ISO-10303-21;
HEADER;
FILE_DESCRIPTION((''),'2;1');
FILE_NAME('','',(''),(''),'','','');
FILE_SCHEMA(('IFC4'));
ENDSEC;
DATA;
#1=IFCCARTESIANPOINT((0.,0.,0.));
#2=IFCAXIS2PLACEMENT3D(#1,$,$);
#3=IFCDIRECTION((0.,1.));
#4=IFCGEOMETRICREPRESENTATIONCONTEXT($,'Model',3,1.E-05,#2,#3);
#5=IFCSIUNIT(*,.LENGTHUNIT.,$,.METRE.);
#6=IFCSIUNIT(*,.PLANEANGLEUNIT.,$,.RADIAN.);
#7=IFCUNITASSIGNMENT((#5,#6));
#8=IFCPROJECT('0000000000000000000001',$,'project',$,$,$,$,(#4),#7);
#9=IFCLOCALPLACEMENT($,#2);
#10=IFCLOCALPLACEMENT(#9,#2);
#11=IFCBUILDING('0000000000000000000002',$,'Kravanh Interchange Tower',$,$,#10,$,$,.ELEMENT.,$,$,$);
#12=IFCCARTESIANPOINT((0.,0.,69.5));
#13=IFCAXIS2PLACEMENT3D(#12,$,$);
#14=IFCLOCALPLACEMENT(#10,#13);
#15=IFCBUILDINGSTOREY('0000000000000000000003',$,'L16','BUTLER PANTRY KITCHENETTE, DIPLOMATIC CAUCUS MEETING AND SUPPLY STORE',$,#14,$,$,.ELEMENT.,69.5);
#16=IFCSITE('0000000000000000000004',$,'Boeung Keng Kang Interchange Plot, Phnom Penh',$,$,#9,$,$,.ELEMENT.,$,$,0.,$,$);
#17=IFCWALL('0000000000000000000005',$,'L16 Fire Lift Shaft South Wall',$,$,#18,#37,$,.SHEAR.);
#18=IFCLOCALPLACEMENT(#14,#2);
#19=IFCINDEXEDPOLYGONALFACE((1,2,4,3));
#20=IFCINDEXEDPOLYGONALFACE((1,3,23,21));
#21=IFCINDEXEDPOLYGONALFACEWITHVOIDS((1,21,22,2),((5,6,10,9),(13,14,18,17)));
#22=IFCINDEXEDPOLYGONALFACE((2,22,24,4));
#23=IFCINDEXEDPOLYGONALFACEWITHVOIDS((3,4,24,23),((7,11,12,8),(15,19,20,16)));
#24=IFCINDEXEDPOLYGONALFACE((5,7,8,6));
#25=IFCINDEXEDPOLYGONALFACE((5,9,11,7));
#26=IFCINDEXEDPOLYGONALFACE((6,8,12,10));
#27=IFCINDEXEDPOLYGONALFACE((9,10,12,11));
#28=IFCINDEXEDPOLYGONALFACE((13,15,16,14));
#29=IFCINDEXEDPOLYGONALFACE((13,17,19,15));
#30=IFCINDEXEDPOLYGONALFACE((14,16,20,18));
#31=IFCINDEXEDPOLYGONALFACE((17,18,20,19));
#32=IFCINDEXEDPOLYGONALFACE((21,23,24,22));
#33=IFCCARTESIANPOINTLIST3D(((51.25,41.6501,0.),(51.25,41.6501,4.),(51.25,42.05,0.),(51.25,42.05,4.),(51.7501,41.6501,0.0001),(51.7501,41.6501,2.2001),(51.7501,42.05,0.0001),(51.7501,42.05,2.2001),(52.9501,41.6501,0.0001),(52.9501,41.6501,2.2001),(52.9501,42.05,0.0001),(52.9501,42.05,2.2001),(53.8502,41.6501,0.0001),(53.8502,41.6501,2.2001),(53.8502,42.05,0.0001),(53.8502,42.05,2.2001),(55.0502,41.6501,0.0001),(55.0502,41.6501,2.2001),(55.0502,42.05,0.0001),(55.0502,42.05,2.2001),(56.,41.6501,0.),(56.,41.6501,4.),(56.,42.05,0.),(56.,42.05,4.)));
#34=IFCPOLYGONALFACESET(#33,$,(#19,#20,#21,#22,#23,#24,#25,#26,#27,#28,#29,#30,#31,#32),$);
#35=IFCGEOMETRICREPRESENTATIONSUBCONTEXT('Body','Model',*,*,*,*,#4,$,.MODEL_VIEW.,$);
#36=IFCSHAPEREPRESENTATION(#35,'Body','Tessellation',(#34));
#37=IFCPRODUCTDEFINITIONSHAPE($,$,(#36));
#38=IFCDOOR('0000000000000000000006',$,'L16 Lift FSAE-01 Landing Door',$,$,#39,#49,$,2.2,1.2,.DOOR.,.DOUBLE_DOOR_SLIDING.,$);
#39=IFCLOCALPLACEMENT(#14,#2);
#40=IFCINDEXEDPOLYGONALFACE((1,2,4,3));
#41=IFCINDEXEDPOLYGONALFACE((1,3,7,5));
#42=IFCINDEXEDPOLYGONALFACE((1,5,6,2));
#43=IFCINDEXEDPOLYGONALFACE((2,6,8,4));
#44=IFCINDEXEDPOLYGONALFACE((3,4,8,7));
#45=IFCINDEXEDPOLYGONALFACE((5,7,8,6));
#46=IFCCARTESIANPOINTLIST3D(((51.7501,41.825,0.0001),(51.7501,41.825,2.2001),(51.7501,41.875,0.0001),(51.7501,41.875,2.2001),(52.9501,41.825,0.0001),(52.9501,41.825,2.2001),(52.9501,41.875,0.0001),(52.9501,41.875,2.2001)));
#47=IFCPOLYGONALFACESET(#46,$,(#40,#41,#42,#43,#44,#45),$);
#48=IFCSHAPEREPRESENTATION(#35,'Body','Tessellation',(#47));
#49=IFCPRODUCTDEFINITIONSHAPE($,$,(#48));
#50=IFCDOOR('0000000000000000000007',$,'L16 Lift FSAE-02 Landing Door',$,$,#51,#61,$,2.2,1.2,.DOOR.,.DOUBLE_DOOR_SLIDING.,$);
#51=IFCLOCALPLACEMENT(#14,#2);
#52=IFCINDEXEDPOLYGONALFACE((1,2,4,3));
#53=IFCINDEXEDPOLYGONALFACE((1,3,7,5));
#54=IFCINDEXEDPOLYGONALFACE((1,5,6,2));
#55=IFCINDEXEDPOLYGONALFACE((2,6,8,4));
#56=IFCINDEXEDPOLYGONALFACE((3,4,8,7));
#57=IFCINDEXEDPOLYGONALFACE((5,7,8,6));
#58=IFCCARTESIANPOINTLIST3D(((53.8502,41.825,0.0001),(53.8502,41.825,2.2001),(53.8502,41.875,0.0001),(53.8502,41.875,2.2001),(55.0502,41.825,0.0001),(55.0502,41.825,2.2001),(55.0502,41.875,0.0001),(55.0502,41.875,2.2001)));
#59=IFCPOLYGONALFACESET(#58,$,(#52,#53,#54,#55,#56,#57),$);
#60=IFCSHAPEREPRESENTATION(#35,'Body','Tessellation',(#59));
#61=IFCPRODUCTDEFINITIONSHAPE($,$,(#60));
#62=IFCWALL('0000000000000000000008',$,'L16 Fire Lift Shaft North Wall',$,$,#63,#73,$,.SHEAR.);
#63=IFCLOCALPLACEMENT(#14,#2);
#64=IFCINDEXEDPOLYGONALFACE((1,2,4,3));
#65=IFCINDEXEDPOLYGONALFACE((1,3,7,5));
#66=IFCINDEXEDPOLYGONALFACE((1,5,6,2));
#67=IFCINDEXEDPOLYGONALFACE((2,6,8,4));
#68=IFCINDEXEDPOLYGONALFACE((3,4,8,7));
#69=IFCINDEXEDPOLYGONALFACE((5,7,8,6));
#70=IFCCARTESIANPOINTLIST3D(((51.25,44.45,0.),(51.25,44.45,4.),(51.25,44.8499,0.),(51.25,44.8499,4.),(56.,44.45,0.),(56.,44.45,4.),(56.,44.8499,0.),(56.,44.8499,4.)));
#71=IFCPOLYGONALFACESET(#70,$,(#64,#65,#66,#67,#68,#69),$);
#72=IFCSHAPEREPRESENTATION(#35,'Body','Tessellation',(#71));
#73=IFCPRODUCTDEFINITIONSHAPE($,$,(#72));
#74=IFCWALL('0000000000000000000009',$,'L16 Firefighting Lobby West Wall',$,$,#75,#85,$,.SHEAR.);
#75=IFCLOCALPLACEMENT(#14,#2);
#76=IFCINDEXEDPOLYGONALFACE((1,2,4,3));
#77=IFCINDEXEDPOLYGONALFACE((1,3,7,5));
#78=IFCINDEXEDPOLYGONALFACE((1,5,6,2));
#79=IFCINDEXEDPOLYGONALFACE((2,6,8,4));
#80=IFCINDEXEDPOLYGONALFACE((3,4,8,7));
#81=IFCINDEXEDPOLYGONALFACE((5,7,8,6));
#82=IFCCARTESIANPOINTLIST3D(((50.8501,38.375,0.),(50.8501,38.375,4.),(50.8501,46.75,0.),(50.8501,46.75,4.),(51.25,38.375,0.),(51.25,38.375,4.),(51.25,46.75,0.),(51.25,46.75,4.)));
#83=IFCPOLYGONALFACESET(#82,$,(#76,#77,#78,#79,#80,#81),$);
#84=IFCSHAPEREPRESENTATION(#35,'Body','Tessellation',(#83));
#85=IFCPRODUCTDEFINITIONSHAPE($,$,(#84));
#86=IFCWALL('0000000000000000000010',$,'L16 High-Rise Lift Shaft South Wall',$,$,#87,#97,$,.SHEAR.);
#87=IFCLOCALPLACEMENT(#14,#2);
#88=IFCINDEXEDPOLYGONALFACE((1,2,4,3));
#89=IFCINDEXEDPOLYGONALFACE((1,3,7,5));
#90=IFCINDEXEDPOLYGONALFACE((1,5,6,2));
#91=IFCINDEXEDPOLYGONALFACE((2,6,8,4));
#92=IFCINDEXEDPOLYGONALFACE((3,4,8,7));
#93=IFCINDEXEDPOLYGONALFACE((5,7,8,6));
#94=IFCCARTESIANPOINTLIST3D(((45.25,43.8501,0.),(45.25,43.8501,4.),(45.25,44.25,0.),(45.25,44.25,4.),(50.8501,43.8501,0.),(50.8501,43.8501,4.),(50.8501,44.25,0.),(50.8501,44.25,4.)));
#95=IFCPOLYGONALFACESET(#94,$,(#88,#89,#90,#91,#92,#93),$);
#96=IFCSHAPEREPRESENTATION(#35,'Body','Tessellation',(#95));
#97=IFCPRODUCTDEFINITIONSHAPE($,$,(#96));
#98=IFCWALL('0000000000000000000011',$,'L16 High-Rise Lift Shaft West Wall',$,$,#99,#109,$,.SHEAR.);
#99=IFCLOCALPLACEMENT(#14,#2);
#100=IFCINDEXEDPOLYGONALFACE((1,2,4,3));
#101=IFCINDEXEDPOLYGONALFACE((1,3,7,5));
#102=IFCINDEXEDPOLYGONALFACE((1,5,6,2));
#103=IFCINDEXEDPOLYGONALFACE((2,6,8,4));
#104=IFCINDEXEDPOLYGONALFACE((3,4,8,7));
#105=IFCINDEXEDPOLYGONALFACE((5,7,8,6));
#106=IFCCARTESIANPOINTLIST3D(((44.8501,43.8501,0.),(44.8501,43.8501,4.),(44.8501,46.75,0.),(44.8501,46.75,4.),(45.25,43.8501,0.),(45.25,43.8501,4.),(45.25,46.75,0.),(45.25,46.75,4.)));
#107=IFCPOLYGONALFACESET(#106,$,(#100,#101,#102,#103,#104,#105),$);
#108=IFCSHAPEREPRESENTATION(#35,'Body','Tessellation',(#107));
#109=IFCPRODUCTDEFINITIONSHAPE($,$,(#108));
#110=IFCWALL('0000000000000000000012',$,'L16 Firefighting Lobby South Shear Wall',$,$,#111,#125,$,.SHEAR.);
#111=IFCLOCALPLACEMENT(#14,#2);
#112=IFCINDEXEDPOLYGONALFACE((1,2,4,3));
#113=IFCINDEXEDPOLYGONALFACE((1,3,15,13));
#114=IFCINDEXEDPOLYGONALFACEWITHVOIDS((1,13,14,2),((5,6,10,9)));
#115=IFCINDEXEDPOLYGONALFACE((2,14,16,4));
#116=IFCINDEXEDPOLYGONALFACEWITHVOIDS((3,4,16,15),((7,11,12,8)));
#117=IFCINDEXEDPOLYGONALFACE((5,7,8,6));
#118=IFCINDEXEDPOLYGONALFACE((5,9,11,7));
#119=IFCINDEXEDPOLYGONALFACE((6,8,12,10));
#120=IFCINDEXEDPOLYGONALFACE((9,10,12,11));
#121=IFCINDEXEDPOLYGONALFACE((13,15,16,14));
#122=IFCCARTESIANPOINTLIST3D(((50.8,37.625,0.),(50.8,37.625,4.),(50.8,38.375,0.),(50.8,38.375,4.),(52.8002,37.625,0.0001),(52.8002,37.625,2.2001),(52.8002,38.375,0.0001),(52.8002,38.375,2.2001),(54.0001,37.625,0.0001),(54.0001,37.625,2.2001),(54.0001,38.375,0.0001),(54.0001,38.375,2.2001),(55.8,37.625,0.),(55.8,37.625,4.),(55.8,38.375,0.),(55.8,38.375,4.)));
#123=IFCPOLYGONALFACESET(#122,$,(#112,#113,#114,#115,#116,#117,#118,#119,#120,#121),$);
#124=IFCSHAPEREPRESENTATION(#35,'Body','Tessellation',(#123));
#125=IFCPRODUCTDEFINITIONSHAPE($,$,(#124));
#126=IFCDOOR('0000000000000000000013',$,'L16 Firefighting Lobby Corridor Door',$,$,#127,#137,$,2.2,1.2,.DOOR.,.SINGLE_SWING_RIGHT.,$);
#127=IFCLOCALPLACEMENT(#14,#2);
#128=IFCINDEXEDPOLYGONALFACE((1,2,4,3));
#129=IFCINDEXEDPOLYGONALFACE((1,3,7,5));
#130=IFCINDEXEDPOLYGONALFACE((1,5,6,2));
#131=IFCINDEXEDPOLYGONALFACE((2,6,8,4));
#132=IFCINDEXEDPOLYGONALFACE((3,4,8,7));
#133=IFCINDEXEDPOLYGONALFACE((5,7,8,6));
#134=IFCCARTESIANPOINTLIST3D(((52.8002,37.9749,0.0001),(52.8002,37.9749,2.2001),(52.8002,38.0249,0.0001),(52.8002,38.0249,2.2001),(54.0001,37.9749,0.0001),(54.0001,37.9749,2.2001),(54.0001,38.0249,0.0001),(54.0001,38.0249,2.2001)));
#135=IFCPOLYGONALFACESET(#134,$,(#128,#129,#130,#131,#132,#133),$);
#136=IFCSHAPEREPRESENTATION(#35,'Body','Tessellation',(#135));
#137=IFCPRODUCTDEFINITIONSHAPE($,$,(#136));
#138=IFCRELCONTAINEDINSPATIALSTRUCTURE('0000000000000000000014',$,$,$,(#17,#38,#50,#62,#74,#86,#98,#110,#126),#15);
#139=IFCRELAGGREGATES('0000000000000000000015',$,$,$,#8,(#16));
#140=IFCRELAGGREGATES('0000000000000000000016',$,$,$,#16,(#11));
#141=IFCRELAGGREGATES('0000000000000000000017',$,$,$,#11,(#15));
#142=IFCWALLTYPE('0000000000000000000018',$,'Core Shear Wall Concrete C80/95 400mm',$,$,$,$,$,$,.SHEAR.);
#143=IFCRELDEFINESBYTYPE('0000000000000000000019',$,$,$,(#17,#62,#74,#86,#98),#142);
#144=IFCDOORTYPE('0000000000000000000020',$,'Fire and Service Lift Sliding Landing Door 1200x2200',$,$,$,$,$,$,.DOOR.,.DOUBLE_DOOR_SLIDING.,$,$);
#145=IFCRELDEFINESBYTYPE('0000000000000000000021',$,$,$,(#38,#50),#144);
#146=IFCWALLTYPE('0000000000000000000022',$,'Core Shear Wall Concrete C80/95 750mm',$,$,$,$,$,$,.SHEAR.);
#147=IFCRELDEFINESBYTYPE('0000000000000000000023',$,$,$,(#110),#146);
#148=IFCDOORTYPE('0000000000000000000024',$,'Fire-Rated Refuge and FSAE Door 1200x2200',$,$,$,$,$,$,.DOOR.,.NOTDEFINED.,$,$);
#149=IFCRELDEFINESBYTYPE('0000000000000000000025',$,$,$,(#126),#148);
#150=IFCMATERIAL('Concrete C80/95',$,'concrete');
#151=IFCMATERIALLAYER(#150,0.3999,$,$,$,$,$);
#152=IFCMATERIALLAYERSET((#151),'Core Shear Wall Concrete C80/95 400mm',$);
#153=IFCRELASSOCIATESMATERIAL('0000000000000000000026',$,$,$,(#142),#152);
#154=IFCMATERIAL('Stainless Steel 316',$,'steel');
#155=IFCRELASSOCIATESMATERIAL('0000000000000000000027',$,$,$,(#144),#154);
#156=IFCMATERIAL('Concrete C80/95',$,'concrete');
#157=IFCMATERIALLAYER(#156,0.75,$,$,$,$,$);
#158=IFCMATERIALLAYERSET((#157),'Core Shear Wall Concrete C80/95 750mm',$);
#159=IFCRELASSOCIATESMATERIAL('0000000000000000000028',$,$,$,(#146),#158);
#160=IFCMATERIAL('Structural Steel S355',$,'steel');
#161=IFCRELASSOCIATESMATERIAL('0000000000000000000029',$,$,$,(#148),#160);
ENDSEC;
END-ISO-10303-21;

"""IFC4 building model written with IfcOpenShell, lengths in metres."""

from ifc_helpers import new_model, si_unit, direction, frame, frame_2d, origin, place, context, subcontext, project, spatial, rectangle, extrude, material, layer, layer_set, type_object, element, fill, save


model = new_model("IFC4")

# Units and contexts
model_context = context("Model", 3, precision=1e-05, world=origin(), true_north=direction((0.0, 1.0)))
body_context = subcontext(model_context, "Body", "Model", "MODEL_VIEW")
ifc_project = project(units=[si_unit("LENGTHUNIT", "METRE"), si_unit("PLANEANGLEUNIT", "RADIAN")], contexts=[model_context])

# Site, building, storey
site_placement = place(None, origin())
site = spatial("IfcSite", under=ifc_project, at=site_placement, Name="Boeung Keng Kang Interchange Plot, Phnom Penh", CompositionType="ELEMENT", RefElevation=0.0)
building_placement = place(site_placement, origin())
building = spatial("IfcBuilding", under=site, at=building_placement, Name="Kravanh Interchange Tower", CompositionType="ELEMENT")
storey_placement = place(building_placement, frame((0.0, 0.0, 69.5)))
storey = spatial("IfcBuildingStorey", under=building, at=storey_placement, Name="L16", Description="BUTLER PANTRY KITCHENETTE, DIPLOMATIC CAUCUS MEETING AND SUPPLY STORE", CompositionType="ELEMENT", Elevation=69.5)

# Wall, openings, doors
ifc_material_1 = material(Name="Concrete C80/95", Category="concrete")
ifc_layer_1 = layer(ifc_material_1, 0.3999)
ifc_layer_set_1 = layer_set([ifc_layer_1], Name="Core Shear Wall Concrete C80/95 400mm")
wall_type_1 = type_object("IfcWallType", Name="Core Shear Wall Concrete C80/95 400mm", PredefinedType="SHEAR", material=ifc_layer_set_1)
wall_1_placement = place(storey_placement, frame((51.25, 41.8501, 0.0), z_axis=(0.0, 0.0, 1.0), x_axis=(1.0, 0.0, 0.0)))
wall_1 = element("IfcWall", 1, at=wall_1_placement, inside=storey, type_object=wall_type_1, Name="L16 Fire Lift Shaft South Wall", PredefinedType="SHEAR", context=body_context, shape_type="SweptSolid", body=[
    extrude(rectangle(XDim=4.75, YDim=0.3999, at=frame_2d((2.375, 0.0))), origin(), (0.0, 0.0, 1.0), 4.0),
])
opening_1_placement = place(wall_1_placement, frame((0.5, 0.0, 0.0)))
opening_1 = element("IfcOpeningElement", 2, at=opening_1_placement, cuts=wall_1, PredefinedType="OPENING", context=body_context, shape_type="SweptSolid", body=[
    extrude(rectangle(XDim=1.2, YDim=2.2, at=frame_2d((0.6001, 1.1001))), frame((0.0, 0.21, 0.0), z_axis=(0.0, -1.0, 0.0), x_axis=(1.0, 0.0, 0.0)), (0.0, 0.0, 1.0), 0.4199),
])
opening_2_placement = place(wall_1_placement, frame((2.6001, 0.0, 0.0)))
opening_2 = element("IfcOpeningElement", 3, at=opening_2_placement, cuts=wall_1, PredefinedType="OPENING", context=body_context, shape_type="SweptSolid", body=[
    extrude(rectangle(XDim=1.2, YDim=2.2, at=frame_2d((0.6001, 1.1001))), frame((0.0, 0.21, 0.0), z_axis=(0.0, -1.0, 0.0), x_axis=(1.0, 0.0, 0.0)), (0.0, 0.0, 1.0), 0.4199),
])
ifc_material_2 = material(Name="Stainless Steel 316", Category="steel")
door_type_1 = type_object("IfcDoorType", Name="Fire and Service Lift Sliding Landing Door 1200x2200", OperationType="DOUBLE_DOOR_SLIDING", PredefinedType="DOOR", material=ifc_material_2)
door_1_placement = place(opening_1_placement, origin())
door_1 = element("IfcDoor", 4, at=door_1_placement, inside=storey, type_object=door_type_1, Name="L16 Lift FSAE-01 Landing Door", OperationType="DOUBLE_DOOR_SLIDING", OverallHeight=2.2, OverallWidth=1.2, PredefinedType="DOOR", context=body_context, shape_type="SweptSolid", body=[
    extrude(rectangle(XDim=1.2, YDim=2.2, at=frame_2d((0.6001, 1.1001))), frame((0.0, 0.0249, 0.0), z_axis=(0.0, -1.0, 0.0), x_axis=(1.0, 0.0, 0.0)), (0.0, 0.0, 1.0), 0.05),
])
fill(opening_1, door_1)
door_2_placement = place(opening_2_placement, origin())
door_2 = element("IfcDoor", 5, at=door_2_placement, inside=storey, type_object=door_type_1, Name="L16 Lift FSAE-02 Landing Door", OperationType="DOUBLE_DOOR_SLIDING", OverallHeight=2.2, OverallWidth=1.2, PredefinedType="DOOR", context=body_context, shape_type="SweptSolid", body=[
    extrude(rectangle(XDim=1.2, YDim=2.2, at=frame_2d((0.6001, 1.1001))), frame((0.0, 0.0249, 0.0), z_axis=(0.0, -1.0, 0.0), x_axis=(1.0, 0.0, 0.0)), (0.0, 0.0, 1.0), 0.05),
])
fill(opening_2, door_2)

# Walls
wall_2_placement = place(storey_placement, frame((51.25, 44.6499, 0.0), z_axis=(0.0, 0.0, 1.0), x_axis=(1.0, 0.0, 0.0)))
element("IfcWall", 6, at=wall_2_placement, inside=storey, type_object=wall_type_1, Name="L16 Fire Lift Shaft North Wall", PredefinedType="SHEAR", context=body_context, shape_type="SweptSolid", body=[
    extrude(rectangle(XDim=4.75, YDim=0.3999, at=frame_2d((2.375, 0.0))), origin(), (0.0, 0.0, 1.0), 4.0),
])
wall_3_placement = place(storey_placement, frame((51.05, 38.375, 0.0), z_axis=(0.0, 0.0, 1.0), x_axis=(0.0, 1.0, 0.0)))
element("IfcWall", 7, at=wall_3_placement, inside=storey, type_object=wall_type_1, Name="L16 Firefighting Lobby West Wall", PredefinedType="SHEAR", context=body_context, shape_type="SweptSolid", body=[
    extrude(rectangle(XDim=8.375, YDim=0.3999, at=frame_2d((4.1875, 0.0))), origin(), (0.0, 0.0, 1.0), 4.0),
])
wall_4_placement = place(storey_placement, frame((45.25, 44.05, 0.0), z_axis=(0.0, 0.0, 1.0), x_axis=(1.0, 0.0, 0.0)))
element("IfcWall", 8, at=wall_4_placement, inside=storey, type_object=wall_type_1, Name="L16 High-Rise Lift Shaft South Wall", PredefinedType="SHEAR", context=body_context, shape_type="SweptSolid", body=[
    extrude(rectangle(XDim=5.6001, YDim=0.3999, at=frame_2d((2.8, 0.0))), origin(), (0.0, 0.0, 1.0), 4.0),
])
wall_5_placement = place(storey_placement, frame((45.05, 43.8501, 0.0), z_axis=(0.0, 0.0, 1.0), x_axis=(0.0, 1.0, 0.0)))
element("IfcWall", 9, at=wall_5_placement, inside=storey, type_object=wall_type_1, Name="L16 High-Rise Lift Shaft West Wall", PredefinedType="SHEAR", context=body_context, shape_type="SweptSolid", body=[
    extrude(rectangle(XDim=2.8999, YDim=0.3999, at=frame_2d((1.45, 0.0))), origin(), (0.0, 0.0, 1.0), 4.0),
])

# Shared definitions
ifc_material_3 = material(Name="Concrete C80/95", Category="concrete")
ifc_layer_2 = layer(ifc_material_3, 0.75)
ifc_layer_set_2 = layer_set([ifc_layer_2], Name="Core Shear Wall Concrete C80/95 750mm")
wall_type_2 = type_object("IfcWallType", Name="Core Shear Wall Concrete C80/95 750mm", PredefinedType="SHEAR", material=ifc_layer_set_2)

# Wall, opening, door
wall_6_placement = place(storey_placement, frame((50.8, 38.0, 0.0), z_axis=(0.0, 0.0, 1.0), x_axis=(1.0, 0.0, 0.0)))
wall_6 = element("IfcWall", 10, at=wall_6_placement, inside=storey, type_object=wall_type_2, Name="L16 Firefighting Lobby South Shear Wall", PredefinedType="SHEAR", context=body_context, shape_type="SweptSolid", body=[
    extrude(rectangle(XDim=5.0, YDim=0.75, at=frame_2d((2.5, 0.0))), origin(), (0.0, 0.0, 1.0), 4.0),
])
opening_3_placement = place(wall_6_placement, frame((2.0, 0.0, 0.0)))
opening_3 = element("IfcOpeningElement", 11, at=opening_3_placement, cuts=wall_6, PredefinedType="OPENING", context=body_context, shape_type="SweptSolid", body=[
    extrude(rectangle(XDim=1.2, YDim=2.2, at=frame_2d((0.6001, 1.1001))), frame((0.0, 0.385, 0.0), z_axis=(0.0, -1.0, 0.0), x_axis=(1.0, 0.0, 0.0)), (0.0, 0.0, 1.0), 0.77),
])
ifc_material_4 = material(Name="Structural Steel S355", Category="steel")
door_type_2 = type_object("IfcDoorType", Name="Fire-Rated Refuge and FSAE Door 1200x2200", OperationType="NOTDEFINED", PredefinedType="DOOR", material=ifc_material_4)
door_3_placement = place(opening_3_placement, origin())
door_3 = element("IfcDoor", 12, at=door_3_placement, inside=storey, type_object=door_type_2, Name="L16 Firefighting Lobby Corridor Door", OperationType="SINGLE_SWING_RIGHT", OverallHeight=2.2, OverallWidth=1.2, PredefinedType="DOOR", context=body_context, shape_type="SweptSolid", body=[
    extrude(rectangle(XDim=1.2, YDim=2.2, at=frame_2d((0.6001, 1.1001))), frame((0.0, 0.0249, 0.0), z_axis=(0.0, -1.0, 0.0), x_axis=(1.0, 0.0, 0.0)), (0.0, 0.0, 1.0), 0.05),
])
fill(opening_3, door_3)

save(model, "model.ifc")
